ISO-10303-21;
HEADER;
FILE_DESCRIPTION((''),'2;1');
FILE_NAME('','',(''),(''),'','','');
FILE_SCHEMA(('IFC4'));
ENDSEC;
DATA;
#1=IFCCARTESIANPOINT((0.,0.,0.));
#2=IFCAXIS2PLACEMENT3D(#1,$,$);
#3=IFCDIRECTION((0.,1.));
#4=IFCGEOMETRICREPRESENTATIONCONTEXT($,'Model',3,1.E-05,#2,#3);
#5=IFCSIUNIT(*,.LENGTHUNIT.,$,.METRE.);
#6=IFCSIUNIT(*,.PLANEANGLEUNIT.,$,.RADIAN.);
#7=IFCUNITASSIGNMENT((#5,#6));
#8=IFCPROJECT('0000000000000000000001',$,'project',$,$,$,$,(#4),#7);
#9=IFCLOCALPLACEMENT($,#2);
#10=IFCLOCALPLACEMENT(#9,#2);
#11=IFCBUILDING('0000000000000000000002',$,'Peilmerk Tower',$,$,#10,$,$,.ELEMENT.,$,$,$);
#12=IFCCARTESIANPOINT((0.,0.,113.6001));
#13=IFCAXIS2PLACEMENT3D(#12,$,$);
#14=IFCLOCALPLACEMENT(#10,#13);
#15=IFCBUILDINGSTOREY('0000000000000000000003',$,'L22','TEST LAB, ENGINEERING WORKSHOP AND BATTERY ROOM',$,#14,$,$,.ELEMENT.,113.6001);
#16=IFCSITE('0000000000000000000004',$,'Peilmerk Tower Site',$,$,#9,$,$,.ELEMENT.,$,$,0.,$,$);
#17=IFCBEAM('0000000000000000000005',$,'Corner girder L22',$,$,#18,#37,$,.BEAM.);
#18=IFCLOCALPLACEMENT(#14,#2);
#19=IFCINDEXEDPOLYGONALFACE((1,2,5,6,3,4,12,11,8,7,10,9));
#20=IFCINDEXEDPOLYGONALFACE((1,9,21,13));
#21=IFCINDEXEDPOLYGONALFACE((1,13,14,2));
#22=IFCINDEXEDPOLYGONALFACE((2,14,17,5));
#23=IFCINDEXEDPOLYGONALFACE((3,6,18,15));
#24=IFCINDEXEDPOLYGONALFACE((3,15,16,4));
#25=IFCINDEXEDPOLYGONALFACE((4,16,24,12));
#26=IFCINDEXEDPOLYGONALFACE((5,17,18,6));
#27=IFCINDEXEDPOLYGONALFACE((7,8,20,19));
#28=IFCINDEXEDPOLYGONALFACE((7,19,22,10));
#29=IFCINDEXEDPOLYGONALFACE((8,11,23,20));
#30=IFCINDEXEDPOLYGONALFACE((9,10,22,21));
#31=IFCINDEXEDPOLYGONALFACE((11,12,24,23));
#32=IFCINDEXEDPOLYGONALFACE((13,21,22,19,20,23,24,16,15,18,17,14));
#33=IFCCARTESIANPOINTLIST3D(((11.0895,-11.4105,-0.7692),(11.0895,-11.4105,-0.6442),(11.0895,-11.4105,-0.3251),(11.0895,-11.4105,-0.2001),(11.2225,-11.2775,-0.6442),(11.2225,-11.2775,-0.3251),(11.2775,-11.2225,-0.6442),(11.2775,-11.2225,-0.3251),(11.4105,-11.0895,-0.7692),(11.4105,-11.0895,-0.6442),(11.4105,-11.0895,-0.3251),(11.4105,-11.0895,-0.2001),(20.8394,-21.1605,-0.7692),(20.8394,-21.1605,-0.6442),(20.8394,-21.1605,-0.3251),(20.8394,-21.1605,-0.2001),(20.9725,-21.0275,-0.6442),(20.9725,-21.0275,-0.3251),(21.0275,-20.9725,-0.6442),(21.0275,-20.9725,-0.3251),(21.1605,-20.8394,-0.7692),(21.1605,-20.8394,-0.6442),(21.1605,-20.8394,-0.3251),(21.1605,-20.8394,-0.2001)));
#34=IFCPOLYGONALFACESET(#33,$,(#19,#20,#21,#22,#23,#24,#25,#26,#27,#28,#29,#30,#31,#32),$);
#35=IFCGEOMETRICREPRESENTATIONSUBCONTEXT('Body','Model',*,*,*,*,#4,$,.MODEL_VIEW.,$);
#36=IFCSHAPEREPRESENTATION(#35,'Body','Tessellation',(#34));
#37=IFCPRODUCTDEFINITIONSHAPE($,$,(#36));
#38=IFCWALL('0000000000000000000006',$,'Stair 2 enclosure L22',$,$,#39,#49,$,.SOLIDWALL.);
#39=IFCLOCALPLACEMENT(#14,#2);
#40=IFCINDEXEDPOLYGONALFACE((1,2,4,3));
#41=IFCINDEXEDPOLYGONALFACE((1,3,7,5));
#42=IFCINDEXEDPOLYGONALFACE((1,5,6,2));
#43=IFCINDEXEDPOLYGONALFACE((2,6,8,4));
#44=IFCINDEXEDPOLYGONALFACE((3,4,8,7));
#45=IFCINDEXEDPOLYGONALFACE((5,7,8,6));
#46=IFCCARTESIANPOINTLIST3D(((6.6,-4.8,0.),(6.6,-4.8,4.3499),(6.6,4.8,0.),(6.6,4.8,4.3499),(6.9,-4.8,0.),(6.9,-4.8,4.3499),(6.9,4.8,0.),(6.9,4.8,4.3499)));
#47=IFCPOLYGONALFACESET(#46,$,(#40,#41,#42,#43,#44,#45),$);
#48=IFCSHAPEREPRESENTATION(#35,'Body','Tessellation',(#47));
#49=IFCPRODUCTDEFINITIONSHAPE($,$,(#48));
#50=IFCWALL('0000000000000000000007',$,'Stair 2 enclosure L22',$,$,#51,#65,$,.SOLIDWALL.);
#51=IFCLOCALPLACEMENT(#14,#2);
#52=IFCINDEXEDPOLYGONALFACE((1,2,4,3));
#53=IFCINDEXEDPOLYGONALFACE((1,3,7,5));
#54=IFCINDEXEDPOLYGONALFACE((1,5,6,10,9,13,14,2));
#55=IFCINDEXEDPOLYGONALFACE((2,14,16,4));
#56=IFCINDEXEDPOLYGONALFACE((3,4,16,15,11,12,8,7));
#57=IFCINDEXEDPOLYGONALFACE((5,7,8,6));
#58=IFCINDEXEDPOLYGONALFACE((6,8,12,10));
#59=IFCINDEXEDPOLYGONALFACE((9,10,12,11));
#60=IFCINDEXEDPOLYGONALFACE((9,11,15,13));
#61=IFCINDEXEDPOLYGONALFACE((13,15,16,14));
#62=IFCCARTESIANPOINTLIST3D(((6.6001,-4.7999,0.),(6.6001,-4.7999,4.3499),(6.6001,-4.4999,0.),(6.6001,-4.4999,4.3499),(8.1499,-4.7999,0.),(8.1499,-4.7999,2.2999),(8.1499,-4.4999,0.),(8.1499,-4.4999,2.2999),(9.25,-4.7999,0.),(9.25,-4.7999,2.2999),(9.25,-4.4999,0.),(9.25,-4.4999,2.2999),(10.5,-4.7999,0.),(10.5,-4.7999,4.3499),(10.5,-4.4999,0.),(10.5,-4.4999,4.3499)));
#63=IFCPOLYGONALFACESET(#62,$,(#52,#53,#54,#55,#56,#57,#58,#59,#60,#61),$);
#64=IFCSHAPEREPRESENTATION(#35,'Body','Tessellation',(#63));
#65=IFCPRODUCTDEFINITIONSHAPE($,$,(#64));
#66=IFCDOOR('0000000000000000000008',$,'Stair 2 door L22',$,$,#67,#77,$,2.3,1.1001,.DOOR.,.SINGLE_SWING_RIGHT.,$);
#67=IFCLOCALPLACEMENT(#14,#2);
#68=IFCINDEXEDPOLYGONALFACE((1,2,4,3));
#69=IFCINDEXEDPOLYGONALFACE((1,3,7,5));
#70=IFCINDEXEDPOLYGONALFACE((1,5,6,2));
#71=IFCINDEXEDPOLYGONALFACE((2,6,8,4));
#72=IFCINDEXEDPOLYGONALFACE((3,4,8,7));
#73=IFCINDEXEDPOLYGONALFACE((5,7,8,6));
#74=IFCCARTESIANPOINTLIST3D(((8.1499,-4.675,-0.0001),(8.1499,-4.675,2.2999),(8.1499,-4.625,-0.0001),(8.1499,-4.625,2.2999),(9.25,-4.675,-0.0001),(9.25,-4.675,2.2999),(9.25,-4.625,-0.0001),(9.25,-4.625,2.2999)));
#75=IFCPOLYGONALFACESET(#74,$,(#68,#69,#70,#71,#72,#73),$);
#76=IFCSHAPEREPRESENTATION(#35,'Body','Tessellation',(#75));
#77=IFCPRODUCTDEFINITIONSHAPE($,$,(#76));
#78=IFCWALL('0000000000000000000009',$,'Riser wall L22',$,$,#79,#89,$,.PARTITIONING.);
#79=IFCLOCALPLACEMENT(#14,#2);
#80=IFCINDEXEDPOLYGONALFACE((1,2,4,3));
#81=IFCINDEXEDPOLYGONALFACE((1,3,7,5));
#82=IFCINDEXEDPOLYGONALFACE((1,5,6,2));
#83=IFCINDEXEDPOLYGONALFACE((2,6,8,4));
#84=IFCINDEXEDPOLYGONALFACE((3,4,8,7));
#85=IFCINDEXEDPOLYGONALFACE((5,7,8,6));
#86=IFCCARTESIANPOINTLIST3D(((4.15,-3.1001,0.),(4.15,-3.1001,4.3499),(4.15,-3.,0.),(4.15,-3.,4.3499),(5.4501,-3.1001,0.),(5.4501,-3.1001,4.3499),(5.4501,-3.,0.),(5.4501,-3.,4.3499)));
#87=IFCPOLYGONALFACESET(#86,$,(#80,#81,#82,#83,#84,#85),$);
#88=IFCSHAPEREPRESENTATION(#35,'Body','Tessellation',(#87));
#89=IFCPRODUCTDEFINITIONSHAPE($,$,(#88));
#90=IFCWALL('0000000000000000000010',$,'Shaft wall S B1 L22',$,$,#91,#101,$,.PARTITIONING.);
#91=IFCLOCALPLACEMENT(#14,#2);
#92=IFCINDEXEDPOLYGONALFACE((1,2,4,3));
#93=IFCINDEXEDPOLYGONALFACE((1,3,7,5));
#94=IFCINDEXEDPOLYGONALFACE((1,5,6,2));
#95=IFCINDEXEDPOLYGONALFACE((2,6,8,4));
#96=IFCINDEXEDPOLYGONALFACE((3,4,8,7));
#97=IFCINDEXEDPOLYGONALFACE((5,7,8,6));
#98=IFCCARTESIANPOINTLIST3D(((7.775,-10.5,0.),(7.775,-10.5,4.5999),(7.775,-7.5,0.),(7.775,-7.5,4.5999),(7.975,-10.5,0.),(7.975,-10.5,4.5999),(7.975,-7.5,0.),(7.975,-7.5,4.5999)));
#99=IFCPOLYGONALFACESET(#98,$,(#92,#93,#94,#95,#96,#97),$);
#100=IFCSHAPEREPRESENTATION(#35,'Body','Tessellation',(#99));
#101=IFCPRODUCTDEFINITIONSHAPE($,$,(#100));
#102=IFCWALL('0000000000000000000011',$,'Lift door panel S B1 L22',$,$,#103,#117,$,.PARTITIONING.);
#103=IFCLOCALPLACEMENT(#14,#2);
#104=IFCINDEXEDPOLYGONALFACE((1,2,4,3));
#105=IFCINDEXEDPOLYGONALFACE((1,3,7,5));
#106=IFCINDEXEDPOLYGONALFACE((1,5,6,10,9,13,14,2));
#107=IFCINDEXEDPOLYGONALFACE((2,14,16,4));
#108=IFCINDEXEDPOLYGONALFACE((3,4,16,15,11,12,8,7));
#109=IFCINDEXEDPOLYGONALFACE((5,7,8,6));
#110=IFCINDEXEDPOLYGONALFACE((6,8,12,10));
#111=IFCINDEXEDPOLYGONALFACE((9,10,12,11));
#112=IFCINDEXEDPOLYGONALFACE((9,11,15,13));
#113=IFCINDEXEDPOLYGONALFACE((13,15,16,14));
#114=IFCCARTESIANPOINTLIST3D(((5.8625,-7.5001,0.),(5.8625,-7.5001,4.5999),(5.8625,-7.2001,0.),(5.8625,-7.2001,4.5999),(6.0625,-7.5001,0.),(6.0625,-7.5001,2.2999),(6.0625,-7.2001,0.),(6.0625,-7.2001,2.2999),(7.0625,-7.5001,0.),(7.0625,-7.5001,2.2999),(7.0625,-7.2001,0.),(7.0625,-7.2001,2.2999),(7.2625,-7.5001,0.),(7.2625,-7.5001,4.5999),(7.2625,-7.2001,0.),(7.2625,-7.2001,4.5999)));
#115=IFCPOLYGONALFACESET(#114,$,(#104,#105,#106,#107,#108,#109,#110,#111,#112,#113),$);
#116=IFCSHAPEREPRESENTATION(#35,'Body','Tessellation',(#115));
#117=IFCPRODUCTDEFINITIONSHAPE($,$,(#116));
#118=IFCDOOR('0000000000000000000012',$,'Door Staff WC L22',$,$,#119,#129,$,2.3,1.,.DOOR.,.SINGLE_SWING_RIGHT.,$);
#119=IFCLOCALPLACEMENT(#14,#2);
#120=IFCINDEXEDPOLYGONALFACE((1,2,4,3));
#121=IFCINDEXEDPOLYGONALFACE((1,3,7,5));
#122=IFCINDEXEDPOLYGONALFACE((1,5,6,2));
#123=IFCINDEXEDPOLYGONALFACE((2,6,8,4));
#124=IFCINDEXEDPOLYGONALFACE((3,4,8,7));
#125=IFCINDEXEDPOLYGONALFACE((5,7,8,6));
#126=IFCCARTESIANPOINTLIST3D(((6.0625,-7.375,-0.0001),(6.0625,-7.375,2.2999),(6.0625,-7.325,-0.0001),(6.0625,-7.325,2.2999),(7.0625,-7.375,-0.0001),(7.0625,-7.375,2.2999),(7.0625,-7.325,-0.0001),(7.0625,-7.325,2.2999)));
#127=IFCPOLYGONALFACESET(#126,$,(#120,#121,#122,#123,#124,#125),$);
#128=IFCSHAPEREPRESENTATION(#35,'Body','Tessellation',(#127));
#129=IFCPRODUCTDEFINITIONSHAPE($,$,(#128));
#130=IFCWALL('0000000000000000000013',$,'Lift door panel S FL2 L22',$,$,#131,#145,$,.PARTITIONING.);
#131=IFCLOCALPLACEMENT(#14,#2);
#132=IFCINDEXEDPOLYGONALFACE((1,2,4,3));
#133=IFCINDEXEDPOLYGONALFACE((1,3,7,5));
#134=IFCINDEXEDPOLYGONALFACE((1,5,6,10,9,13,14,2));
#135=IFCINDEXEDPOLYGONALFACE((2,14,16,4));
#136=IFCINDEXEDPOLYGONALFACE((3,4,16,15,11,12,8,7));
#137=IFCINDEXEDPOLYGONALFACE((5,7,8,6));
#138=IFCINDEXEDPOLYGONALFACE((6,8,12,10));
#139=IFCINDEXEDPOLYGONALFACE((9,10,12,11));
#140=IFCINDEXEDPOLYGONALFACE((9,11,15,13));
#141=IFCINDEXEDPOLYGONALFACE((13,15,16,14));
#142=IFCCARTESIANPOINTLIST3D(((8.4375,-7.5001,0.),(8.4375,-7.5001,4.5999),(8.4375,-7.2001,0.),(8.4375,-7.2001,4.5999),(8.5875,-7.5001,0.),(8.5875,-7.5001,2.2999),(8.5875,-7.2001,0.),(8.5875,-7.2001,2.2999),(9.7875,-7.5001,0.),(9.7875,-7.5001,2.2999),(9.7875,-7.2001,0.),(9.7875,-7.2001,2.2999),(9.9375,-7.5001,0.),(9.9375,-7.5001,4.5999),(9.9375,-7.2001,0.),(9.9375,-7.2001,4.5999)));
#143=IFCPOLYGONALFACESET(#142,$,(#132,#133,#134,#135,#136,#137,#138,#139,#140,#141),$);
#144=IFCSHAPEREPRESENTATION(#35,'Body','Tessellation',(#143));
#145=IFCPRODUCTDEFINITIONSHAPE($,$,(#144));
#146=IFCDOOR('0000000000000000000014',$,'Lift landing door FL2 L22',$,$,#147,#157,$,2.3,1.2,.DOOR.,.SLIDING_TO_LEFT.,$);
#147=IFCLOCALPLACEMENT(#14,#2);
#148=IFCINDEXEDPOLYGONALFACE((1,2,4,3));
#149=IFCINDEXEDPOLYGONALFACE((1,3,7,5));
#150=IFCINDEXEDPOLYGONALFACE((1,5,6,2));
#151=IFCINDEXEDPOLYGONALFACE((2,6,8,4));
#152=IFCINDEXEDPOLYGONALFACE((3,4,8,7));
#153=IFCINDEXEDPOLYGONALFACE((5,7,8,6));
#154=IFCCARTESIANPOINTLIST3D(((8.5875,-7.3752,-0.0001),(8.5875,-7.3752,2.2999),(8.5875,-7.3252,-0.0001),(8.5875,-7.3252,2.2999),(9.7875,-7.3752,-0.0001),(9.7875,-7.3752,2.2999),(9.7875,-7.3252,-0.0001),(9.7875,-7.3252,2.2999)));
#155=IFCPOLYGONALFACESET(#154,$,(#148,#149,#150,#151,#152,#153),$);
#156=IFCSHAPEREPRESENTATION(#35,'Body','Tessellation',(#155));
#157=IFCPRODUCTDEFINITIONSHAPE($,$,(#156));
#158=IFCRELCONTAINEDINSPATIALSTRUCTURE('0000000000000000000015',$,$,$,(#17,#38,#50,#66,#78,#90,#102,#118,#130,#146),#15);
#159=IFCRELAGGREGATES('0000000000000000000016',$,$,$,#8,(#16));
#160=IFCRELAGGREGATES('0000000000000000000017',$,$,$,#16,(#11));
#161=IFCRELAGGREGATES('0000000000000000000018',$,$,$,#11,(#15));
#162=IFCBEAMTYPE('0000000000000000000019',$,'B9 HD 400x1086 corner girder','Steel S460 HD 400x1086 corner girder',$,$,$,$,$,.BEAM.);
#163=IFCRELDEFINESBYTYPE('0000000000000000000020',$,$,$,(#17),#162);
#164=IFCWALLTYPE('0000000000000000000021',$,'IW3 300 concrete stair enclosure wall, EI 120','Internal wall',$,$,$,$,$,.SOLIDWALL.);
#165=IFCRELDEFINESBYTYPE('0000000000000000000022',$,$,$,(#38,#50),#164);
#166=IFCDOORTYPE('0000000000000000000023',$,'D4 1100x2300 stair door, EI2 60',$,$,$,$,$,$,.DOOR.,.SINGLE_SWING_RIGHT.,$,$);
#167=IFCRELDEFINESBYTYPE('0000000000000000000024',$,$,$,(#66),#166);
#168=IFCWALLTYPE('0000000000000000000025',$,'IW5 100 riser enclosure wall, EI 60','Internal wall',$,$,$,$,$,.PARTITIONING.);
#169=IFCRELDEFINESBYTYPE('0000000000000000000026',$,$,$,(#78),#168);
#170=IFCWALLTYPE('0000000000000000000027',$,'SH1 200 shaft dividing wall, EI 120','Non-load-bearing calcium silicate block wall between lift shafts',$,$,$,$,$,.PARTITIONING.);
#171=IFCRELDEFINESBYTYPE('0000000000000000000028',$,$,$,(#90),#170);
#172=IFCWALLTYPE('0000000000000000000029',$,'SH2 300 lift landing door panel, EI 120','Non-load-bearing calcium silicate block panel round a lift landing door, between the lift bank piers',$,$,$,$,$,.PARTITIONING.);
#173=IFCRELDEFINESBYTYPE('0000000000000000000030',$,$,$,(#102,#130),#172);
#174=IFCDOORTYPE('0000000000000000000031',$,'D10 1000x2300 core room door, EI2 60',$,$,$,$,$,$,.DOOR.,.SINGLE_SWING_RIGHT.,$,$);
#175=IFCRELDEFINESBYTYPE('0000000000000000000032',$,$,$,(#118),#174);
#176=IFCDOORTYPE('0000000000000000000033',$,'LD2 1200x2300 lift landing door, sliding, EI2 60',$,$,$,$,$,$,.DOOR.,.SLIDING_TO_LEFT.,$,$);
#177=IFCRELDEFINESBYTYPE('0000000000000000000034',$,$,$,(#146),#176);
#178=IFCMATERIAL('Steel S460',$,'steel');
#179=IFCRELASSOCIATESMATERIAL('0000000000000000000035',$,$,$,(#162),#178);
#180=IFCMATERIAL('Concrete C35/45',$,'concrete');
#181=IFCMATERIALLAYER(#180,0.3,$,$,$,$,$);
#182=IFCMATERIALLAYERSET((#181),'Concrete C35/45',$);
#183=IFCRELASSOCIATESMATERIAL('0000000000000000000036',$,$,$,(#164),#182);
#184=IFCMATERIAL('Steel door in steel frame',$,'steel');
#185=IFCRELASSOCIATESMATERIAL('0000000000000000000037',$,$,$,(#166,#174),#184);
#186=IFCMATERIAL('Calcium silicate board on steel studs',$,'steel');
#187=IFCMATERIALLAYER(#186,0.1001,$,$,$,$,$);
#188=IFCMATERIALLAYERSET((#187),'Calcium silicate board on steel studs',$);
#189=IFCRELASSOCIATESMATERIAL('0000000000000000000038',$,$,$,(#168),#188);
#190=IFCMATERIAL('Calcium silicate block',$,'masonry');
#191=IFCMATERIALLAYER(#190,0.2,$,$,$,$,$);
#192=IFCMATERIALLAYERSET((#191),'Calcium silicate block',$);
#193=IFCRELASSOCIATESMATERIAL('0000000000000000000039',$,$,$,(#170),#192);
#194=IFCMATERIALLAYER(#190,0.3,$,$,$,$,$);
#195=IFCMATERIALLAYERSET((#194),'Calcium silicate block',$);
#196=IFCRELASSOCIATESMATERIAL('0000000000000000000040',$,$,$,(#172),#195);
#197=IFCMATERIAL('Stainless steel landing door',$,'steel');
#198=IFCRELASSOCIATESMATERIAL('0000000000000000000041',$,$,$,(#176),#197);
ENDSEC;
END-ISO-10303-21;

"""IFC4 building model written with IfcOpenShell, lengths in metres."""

from ifc_helpers import new_model, si_unit, direction, frame, frame_2d, origin, origin_2d, place, context, subcontext, project, spatial, rectangle, i_section, extrude, material, layer, layer_set, material_profile, profile_set, type_object, element, fill, save


model = new_model("IFC4")

# Units and contexts
model_context = context("Model", 3, precision=1e-05, world=origin(), true_north=direction((0.0, 1.0)))
body_context = subcontext(model_context, "Body", "Model", "MODEL_VIEW")
ifc_project = project(units=[si_unit("LENGTHUNIT", "METRE"), si_unit("PLANEANGLEUNIT", "RADIAN")], contexts=[model_context])

# Site, building, storey
site_placement = place(None, origin())
site = spatial("IfcSite", under=ifc_project, at=site_placement, Name="Peilmerk Tower Site", CompositionType="ELEMENT", RefElevation=0.0)
building_placement = place(site_placement, origin())
building = spatial("IfcBuilding", under=site, at=building_placement, Name="Peilmerk Tower", CompositionType="ELEMENT")
storey_placement = place(building_placement, frame((0.0, 0.0, 113.6001)))
storey = spatial("IfcBuildingStorey", under=building, at=storey_placement, Name="L22", Description="TEST LAB, ENGINEERING WORKSHOP AND BATTERY ROOM", CompositionType="ELEMENT", Elevation=113.6001)

# Beam
ifc_material_1 = material(Name="Steel S460", Category="steel")
ifc_material_profile = material_profile(ifc_material_1, i_section(OverallWidth=0.4541, OverallDepth=0.5691, WebThickness=0.0779, FlangeThickness=0.125, at=origin_2d()), Name="HD 400x1086")
ifc_profile_set = profile_set([ifc_material_profile], Name="Steel S460")
beam_type = type_object("IfcBeamType", Name="B9 HD 400x1086 corner girder", Description="Steel S460 HD 400x1086 corner girder", PredefinedType="BEAM", material=ifc_profile_set)
beam_placement = place(storey_placement, frame((11.25, -11.25, -0.4846), z_axis=(0.707107, -0.707107, 0.0), x_axis=(0.707107, 0.707107, 0.0)))
element("IfcBeam", 1, at=beam_placement, inside=storey, type_object=beam_type, Name="Corner girder L22", PredefinedType="BEAM", context=body_context, shape_type="SweptSolid", body=[
    extrude(i_section(OverallWidth=0.4541, OverallDepth=0.5691, WebThickness=0.0779, FlangeThickness=0.125, at=origin_2d()), origin(), (0.0, 0.0, 1.0), 13.7886),
])

# Wall
ifc_material_2 = material(Name="Concrete C35/45", Category="concrete")
ifc_layer_1 = layer(ifc_material_2, 0.3)
ifc_layer_set_1 = layer_set([ifc_layer_1], Name="Concrete C35/45")
wall_type_1 = type_object("IfcWallType", Name="IW3 300 concrete stair enclosure wall, EI 120", Description="Internal wall", PredefinedType="SOLIDWALL", material=ifc_layer_set_1)
wall_1_placement = place(storey_placement, frame((6.75, -4.8, 0.0), z_axis=(0.0, 0.0, 1.0), x_axis=(0.0, 1.0, 0.0)))
element("IfcWall", 2, at=wall_1_placement, inside=storey, type_object=wall_type_1, Name="Stair 2 enclosure L22", PredefinedType="SOLIDWALL", context=body_context, shape_type="SweptSolid", body=[
    extrude(rectangle(XDim=9.6001, YDim=0.3, at=frame_2d((4.8, 0.0))), origin(), (0.0, 0.0, 1.0), 4.3499),
])

# Wall, opening, door
wall_2_placement = place(storey_placement, frame((10.5, -4.6499, 0.0), z_axis=(0.0, 0.0, 1.0), x_axis=(-1.0, 0.0, 0.0)))
wall_2 = element("IfcWall", 3, at=wall_2_placement, inside=storey, type_object=wall_type_1, Name="Stair 2 enclosure L22", PredefinedType="SOLIDWALL", context=body_context, shape_type="SweptSolid", body=[
    extrude(rectangle(XDim=3.8999, YDim=0.3, at=frame_2d((1.95, 0.0))), origin(), (0.0, 0.0, 1.0), 4.3499),
])
opening_1_placement = place(wall_2_placement, frame((1.25, 0.0, 0.0)))
opening_1 = element("IfcOpeningElement", 4, at=opening_1_placement, cuts=wall_2, PredefinedType="OPENING", context=body_context, shape_type="SweptSolid", body=[
    extrude(rectangle(XDim=1.1001, YDim=2.3, at=frame_2d((0.55, 1.1499))), frame((0.0, 0.1599, 0.0), z_axis=(0.0, -1.0, 0.0), x_axis=(1.0, 0.0, 0.0)), (0.0, 0.0, 1.0), 0.3201),
])
ifc_material_3 = material(Name="Steel door in steel frame", Category="steel")
door_type_1 = type_object("IfcDoorType", Name="D4 1100x2300 stair door, EI2 60", OperationType="SINGLE_SWING_RIGHT", PredefinedType="DOOR", material=ifc_material_3)
door_1_placement = place(opening_1_placement, frame((1.1001, 0.0, 0.0), z_axis=(0.0, 0.0, 1.0), x_axis=(-1.0, 0.0, 0.0)))
door_1 = element("IfcDoor", 5, at=door_1_placement, inside=storey, type_object=door_type_1, Name="Stair 2 door L22", OperationType="SINGLE_SWING_RIGHT", OverallHeight=2.3, OverallWidth=1.1001, PredefinedType="DOOR", context=body_context, shape_type="SweptSolid", body=[
    extrude(rectangle(XDim=1.1001, YDim=2.3, at=frame_2d((0.55, 1.1499))), frame((0.0, 0.0249, 0.0), z_axis=(0.0, -1.0, 0.0), x_axis=(1.0, 0.0, 0.0)), (0.0, 0.0, 1.0), 0.05),
])
fill(opening_1, door_1)

# Walls
ifc_material_4 = material(Name="Calcium silicate board on steel studs", Category="steel")
ifc_layer_2 = layer(ifc_material_4, 0.1001)
ifc_layer_set_2 = layer_set([ifc_layer_2], Name="Calcium silicate board on steel studs")
wall_type_2 = type_object("IfcWallType", Name="IW5 100 riser enclosure wall, EI 60", Description="Internal wall", PredefinedType="PARTITIONING", material=ifc_layer_set_2)
wall_3_placement = place(storey_placement, frame((5.45, -3.05, 0.0), z_axis=(0.0, 0.0, 1.0), x_axis=(-1.0, 0.0, 0.0)))
element("IfcWall", 6, at=wall_3_placement, inside=storey, type_object=wall_type_2, Name="Riser wall L22", PredefinedType="PARTITIONING", context=body_context, shape_type="SweptSolid", body=[
    extrude(rectangle(XDim=1.3, YDim=0.1001, at=frame_2d((0.6499, 0.0))), origin(), (0.0, 0.0, 1.0), 4.3499),
])
ifc_material_5 = material(Name="Calcium silicate block", Category="masonry")
ifc_layer_3 = layer(ifc_material_5, 0.2)
ifc_layer_set_3 = layer_set([ifc_layer_3], Name="Calcium silicate block")
wall_type_3 = type_object("IfcWallType", Name="SH1 200 shaft dividing wall, EI 120", Description="Non-load-bearing calcium silicate block wall between lift shafts", PredefinedType="PARTITIONING", material=ifc_layer_set_3)
wall_4_placement = place(storey_placement, frame((7.875, -10.5, 0.0), z_axis=(0.0, 0.0, 1.0), x_axis=(0.0, 1.0, 0.0)))
element("IfcWall", 7, at=wall_4_placement, inside=storey, type_object=wall_type_3, Name="Shaft wall S B1 L22", PredefinedType="PARTITIONING", context=body_context, shape_type="SweptSolid", body=[
    extrude(rectangle(XDim=3.0, YDim=0.2, at=frame_2d((1.5, 0.0))), origin(), (0.0, 0.0, 1.0), 4.5999),
])

# Walls, openings, doors
ifc_layer_4 = layer(ifc_material_5, 0.3)
ifc_layer_set_4 = layer_set([ifc_layer_4], Name="Calcium silicate block")
wall_type_4 = type_object("IfcWallType", Name="SH2 300 lift landing door panel, EI 120", Description="Non-load-bearing calcium silicate block panel round a lift landing door, between the lift bank piers", PredefinedType="PARTITIONING", material=ifc_layer_set_4)
wall_5_placement = place(storey_placement, frame((5.8625, -7.3501, 0.0), z_axis=(0.0, 0.0, 1.0), x_axis=(1.0, 0.0, 0.0)))
wall_5 = element("IfcWall", 8, at=wall_5_placement, inside=storey, type_object=wall_type_4, Name="Lift door panel S B1 L22", PredefinedType="PARTITIONING", context=body_context, shape_type="SweptSolid", body=[
    extrude(rectangle(XDim=1.3999, YDim=0.3, at=frame_2d((0.7, 0.0))), origin(), (0.0, 0.0, 1.0), 4.5999),
])
opening_2_placement = place(wall_5_placement, frame((0.2, 0.0, 0.0)))
opening_2 = element("IfcOpeningElement", 9, at=opening_2_placement, cuts=wall_5, PredefinedType="OPENING", context=body_context, shape_type="SweptSolid", body=[
    extrude(rectangle(XDim=1.0, YDim=2.3, at=frame_2d((0.5, 1.1499))), frame((0.0, 0.1599, 0.0), z_axis=(0.0, -1.0, 0.0), x_axis=(1.0, 0.0, 0.0)), (0.0, 0.0, 1.0), 0.3201),
])
door_type_2 = type_object("IfcDoorType", Name="D10 1000x2300 core room door, EI2 60", OperationType="SINGLE_SWING_RIGHT", PredefinedType="DOOR", material=ifc_material_3)
door_2_placement = place(opening_2_placement, frame((1.0, 0.0, 0.0), z_axis=(0.0, 0.0, 1.0), x_axis=(-1.0, 0.0, 0.0)))
door_2 = element("IfcDoor", 10, at=door_2_placement, inside=storey, type_object=door_type_2, Name="Door Staff WC L22", OperationType="SINGLE_SWING_RIGHT", OverallHeight=2.3, OverallWidth=1.0, PredefinedType="DOOR", context=body_context, shape_type="SweptSolid", body=[
    extrude(rectangle(XDim=1.0, YDim=2.3, at=frame_2d((0.5, 1.1499))), frame((0.0, 0.0249, 0.0), z_axis=(0.0, -1.0, 0.0), x_axis=(1.0, 0.0, 0.0)), (0.0, 0.0, 1.0), 0.05),
])
fill(opening_2, door_2)
wall_6_placement = place(storey_placement, frame((8.4375, -7.3501, 0.0), z_axis=(0.0, 0.0, 1.0), x_axis=(1.0, 0.0, 0.0)))
wall_6 = element("IfcWall", 11, at=wall_6_placement, inside=storey, type_object=wall_type_4, Name="Lift door panel S FL2 L22", PredefinedType="PARTITIONING", context=body_context, shape_type="SweptSolid", body=[
    extrude(rectangle(XDim=1.5, YDim=0.3, at=frame_2d((0.75, 0.0))), origin(), (0.0, 0.0, 1.0), 4.5999),
])
opening_3_placement = place(wall_6_placement, frame((0.1499, 0.0, 0.0)))
opening_3 = element("IfcOpeningElement", 12, at=opening_3_placement, cuts=wall_6, PredefinedType="OPENING", context=body_context, shape_type="SweptSolid", body=[
    extrude(rectangle(XDim=1.2, YDim=2.3, at=frame_2d((0.6001, 1.1499))), frame((0.0, 0.1599, 0.0), z_axis=(0.0, -1.0, 0.0), x_axis=(1.0, 0.0, 0.0)), (0.0, 0.0, 1.0), 0.3201),
])
ifc_material_6 = material(Name="Stainless steel landing door", Category="steel")
door_type_3 = type_object("IfcDoorType", Name="LD2 1200x2300 lift landing door, sliding, EI2 60", OperationType="SLIDING_TO_LEFT", PredefinedType="DOOR", material=ifc_material_6)
door_3_placement = place(opening_3_placement, origin())
door_3 = element("IfcDoor", 13, at=door_3_placement, inside=storey, type_object=door_type_3, Name="Lift landing door FL2 L22", OperationType="SLIDING_TO_LEFT", OverallHeight=2.3, OverallWidth=1.2, PredefinedType="DOOR", context=body_context, shape_type="SweptSolid", body=[
    extrude(rectangle(XDim=1.2, YDim=2.3, at=frame_2d((0.6001, 1.1499))), frame((0.0, 0.0249, 0.0), z_axis=(0.0, -1.0, 0.0), x_axis=(1.0, 0.0, 0.0)), (0.0, 0.0, 1.0), 0.05),
])
fill(opening_3, door_3)

save(model, "model.ifc")
